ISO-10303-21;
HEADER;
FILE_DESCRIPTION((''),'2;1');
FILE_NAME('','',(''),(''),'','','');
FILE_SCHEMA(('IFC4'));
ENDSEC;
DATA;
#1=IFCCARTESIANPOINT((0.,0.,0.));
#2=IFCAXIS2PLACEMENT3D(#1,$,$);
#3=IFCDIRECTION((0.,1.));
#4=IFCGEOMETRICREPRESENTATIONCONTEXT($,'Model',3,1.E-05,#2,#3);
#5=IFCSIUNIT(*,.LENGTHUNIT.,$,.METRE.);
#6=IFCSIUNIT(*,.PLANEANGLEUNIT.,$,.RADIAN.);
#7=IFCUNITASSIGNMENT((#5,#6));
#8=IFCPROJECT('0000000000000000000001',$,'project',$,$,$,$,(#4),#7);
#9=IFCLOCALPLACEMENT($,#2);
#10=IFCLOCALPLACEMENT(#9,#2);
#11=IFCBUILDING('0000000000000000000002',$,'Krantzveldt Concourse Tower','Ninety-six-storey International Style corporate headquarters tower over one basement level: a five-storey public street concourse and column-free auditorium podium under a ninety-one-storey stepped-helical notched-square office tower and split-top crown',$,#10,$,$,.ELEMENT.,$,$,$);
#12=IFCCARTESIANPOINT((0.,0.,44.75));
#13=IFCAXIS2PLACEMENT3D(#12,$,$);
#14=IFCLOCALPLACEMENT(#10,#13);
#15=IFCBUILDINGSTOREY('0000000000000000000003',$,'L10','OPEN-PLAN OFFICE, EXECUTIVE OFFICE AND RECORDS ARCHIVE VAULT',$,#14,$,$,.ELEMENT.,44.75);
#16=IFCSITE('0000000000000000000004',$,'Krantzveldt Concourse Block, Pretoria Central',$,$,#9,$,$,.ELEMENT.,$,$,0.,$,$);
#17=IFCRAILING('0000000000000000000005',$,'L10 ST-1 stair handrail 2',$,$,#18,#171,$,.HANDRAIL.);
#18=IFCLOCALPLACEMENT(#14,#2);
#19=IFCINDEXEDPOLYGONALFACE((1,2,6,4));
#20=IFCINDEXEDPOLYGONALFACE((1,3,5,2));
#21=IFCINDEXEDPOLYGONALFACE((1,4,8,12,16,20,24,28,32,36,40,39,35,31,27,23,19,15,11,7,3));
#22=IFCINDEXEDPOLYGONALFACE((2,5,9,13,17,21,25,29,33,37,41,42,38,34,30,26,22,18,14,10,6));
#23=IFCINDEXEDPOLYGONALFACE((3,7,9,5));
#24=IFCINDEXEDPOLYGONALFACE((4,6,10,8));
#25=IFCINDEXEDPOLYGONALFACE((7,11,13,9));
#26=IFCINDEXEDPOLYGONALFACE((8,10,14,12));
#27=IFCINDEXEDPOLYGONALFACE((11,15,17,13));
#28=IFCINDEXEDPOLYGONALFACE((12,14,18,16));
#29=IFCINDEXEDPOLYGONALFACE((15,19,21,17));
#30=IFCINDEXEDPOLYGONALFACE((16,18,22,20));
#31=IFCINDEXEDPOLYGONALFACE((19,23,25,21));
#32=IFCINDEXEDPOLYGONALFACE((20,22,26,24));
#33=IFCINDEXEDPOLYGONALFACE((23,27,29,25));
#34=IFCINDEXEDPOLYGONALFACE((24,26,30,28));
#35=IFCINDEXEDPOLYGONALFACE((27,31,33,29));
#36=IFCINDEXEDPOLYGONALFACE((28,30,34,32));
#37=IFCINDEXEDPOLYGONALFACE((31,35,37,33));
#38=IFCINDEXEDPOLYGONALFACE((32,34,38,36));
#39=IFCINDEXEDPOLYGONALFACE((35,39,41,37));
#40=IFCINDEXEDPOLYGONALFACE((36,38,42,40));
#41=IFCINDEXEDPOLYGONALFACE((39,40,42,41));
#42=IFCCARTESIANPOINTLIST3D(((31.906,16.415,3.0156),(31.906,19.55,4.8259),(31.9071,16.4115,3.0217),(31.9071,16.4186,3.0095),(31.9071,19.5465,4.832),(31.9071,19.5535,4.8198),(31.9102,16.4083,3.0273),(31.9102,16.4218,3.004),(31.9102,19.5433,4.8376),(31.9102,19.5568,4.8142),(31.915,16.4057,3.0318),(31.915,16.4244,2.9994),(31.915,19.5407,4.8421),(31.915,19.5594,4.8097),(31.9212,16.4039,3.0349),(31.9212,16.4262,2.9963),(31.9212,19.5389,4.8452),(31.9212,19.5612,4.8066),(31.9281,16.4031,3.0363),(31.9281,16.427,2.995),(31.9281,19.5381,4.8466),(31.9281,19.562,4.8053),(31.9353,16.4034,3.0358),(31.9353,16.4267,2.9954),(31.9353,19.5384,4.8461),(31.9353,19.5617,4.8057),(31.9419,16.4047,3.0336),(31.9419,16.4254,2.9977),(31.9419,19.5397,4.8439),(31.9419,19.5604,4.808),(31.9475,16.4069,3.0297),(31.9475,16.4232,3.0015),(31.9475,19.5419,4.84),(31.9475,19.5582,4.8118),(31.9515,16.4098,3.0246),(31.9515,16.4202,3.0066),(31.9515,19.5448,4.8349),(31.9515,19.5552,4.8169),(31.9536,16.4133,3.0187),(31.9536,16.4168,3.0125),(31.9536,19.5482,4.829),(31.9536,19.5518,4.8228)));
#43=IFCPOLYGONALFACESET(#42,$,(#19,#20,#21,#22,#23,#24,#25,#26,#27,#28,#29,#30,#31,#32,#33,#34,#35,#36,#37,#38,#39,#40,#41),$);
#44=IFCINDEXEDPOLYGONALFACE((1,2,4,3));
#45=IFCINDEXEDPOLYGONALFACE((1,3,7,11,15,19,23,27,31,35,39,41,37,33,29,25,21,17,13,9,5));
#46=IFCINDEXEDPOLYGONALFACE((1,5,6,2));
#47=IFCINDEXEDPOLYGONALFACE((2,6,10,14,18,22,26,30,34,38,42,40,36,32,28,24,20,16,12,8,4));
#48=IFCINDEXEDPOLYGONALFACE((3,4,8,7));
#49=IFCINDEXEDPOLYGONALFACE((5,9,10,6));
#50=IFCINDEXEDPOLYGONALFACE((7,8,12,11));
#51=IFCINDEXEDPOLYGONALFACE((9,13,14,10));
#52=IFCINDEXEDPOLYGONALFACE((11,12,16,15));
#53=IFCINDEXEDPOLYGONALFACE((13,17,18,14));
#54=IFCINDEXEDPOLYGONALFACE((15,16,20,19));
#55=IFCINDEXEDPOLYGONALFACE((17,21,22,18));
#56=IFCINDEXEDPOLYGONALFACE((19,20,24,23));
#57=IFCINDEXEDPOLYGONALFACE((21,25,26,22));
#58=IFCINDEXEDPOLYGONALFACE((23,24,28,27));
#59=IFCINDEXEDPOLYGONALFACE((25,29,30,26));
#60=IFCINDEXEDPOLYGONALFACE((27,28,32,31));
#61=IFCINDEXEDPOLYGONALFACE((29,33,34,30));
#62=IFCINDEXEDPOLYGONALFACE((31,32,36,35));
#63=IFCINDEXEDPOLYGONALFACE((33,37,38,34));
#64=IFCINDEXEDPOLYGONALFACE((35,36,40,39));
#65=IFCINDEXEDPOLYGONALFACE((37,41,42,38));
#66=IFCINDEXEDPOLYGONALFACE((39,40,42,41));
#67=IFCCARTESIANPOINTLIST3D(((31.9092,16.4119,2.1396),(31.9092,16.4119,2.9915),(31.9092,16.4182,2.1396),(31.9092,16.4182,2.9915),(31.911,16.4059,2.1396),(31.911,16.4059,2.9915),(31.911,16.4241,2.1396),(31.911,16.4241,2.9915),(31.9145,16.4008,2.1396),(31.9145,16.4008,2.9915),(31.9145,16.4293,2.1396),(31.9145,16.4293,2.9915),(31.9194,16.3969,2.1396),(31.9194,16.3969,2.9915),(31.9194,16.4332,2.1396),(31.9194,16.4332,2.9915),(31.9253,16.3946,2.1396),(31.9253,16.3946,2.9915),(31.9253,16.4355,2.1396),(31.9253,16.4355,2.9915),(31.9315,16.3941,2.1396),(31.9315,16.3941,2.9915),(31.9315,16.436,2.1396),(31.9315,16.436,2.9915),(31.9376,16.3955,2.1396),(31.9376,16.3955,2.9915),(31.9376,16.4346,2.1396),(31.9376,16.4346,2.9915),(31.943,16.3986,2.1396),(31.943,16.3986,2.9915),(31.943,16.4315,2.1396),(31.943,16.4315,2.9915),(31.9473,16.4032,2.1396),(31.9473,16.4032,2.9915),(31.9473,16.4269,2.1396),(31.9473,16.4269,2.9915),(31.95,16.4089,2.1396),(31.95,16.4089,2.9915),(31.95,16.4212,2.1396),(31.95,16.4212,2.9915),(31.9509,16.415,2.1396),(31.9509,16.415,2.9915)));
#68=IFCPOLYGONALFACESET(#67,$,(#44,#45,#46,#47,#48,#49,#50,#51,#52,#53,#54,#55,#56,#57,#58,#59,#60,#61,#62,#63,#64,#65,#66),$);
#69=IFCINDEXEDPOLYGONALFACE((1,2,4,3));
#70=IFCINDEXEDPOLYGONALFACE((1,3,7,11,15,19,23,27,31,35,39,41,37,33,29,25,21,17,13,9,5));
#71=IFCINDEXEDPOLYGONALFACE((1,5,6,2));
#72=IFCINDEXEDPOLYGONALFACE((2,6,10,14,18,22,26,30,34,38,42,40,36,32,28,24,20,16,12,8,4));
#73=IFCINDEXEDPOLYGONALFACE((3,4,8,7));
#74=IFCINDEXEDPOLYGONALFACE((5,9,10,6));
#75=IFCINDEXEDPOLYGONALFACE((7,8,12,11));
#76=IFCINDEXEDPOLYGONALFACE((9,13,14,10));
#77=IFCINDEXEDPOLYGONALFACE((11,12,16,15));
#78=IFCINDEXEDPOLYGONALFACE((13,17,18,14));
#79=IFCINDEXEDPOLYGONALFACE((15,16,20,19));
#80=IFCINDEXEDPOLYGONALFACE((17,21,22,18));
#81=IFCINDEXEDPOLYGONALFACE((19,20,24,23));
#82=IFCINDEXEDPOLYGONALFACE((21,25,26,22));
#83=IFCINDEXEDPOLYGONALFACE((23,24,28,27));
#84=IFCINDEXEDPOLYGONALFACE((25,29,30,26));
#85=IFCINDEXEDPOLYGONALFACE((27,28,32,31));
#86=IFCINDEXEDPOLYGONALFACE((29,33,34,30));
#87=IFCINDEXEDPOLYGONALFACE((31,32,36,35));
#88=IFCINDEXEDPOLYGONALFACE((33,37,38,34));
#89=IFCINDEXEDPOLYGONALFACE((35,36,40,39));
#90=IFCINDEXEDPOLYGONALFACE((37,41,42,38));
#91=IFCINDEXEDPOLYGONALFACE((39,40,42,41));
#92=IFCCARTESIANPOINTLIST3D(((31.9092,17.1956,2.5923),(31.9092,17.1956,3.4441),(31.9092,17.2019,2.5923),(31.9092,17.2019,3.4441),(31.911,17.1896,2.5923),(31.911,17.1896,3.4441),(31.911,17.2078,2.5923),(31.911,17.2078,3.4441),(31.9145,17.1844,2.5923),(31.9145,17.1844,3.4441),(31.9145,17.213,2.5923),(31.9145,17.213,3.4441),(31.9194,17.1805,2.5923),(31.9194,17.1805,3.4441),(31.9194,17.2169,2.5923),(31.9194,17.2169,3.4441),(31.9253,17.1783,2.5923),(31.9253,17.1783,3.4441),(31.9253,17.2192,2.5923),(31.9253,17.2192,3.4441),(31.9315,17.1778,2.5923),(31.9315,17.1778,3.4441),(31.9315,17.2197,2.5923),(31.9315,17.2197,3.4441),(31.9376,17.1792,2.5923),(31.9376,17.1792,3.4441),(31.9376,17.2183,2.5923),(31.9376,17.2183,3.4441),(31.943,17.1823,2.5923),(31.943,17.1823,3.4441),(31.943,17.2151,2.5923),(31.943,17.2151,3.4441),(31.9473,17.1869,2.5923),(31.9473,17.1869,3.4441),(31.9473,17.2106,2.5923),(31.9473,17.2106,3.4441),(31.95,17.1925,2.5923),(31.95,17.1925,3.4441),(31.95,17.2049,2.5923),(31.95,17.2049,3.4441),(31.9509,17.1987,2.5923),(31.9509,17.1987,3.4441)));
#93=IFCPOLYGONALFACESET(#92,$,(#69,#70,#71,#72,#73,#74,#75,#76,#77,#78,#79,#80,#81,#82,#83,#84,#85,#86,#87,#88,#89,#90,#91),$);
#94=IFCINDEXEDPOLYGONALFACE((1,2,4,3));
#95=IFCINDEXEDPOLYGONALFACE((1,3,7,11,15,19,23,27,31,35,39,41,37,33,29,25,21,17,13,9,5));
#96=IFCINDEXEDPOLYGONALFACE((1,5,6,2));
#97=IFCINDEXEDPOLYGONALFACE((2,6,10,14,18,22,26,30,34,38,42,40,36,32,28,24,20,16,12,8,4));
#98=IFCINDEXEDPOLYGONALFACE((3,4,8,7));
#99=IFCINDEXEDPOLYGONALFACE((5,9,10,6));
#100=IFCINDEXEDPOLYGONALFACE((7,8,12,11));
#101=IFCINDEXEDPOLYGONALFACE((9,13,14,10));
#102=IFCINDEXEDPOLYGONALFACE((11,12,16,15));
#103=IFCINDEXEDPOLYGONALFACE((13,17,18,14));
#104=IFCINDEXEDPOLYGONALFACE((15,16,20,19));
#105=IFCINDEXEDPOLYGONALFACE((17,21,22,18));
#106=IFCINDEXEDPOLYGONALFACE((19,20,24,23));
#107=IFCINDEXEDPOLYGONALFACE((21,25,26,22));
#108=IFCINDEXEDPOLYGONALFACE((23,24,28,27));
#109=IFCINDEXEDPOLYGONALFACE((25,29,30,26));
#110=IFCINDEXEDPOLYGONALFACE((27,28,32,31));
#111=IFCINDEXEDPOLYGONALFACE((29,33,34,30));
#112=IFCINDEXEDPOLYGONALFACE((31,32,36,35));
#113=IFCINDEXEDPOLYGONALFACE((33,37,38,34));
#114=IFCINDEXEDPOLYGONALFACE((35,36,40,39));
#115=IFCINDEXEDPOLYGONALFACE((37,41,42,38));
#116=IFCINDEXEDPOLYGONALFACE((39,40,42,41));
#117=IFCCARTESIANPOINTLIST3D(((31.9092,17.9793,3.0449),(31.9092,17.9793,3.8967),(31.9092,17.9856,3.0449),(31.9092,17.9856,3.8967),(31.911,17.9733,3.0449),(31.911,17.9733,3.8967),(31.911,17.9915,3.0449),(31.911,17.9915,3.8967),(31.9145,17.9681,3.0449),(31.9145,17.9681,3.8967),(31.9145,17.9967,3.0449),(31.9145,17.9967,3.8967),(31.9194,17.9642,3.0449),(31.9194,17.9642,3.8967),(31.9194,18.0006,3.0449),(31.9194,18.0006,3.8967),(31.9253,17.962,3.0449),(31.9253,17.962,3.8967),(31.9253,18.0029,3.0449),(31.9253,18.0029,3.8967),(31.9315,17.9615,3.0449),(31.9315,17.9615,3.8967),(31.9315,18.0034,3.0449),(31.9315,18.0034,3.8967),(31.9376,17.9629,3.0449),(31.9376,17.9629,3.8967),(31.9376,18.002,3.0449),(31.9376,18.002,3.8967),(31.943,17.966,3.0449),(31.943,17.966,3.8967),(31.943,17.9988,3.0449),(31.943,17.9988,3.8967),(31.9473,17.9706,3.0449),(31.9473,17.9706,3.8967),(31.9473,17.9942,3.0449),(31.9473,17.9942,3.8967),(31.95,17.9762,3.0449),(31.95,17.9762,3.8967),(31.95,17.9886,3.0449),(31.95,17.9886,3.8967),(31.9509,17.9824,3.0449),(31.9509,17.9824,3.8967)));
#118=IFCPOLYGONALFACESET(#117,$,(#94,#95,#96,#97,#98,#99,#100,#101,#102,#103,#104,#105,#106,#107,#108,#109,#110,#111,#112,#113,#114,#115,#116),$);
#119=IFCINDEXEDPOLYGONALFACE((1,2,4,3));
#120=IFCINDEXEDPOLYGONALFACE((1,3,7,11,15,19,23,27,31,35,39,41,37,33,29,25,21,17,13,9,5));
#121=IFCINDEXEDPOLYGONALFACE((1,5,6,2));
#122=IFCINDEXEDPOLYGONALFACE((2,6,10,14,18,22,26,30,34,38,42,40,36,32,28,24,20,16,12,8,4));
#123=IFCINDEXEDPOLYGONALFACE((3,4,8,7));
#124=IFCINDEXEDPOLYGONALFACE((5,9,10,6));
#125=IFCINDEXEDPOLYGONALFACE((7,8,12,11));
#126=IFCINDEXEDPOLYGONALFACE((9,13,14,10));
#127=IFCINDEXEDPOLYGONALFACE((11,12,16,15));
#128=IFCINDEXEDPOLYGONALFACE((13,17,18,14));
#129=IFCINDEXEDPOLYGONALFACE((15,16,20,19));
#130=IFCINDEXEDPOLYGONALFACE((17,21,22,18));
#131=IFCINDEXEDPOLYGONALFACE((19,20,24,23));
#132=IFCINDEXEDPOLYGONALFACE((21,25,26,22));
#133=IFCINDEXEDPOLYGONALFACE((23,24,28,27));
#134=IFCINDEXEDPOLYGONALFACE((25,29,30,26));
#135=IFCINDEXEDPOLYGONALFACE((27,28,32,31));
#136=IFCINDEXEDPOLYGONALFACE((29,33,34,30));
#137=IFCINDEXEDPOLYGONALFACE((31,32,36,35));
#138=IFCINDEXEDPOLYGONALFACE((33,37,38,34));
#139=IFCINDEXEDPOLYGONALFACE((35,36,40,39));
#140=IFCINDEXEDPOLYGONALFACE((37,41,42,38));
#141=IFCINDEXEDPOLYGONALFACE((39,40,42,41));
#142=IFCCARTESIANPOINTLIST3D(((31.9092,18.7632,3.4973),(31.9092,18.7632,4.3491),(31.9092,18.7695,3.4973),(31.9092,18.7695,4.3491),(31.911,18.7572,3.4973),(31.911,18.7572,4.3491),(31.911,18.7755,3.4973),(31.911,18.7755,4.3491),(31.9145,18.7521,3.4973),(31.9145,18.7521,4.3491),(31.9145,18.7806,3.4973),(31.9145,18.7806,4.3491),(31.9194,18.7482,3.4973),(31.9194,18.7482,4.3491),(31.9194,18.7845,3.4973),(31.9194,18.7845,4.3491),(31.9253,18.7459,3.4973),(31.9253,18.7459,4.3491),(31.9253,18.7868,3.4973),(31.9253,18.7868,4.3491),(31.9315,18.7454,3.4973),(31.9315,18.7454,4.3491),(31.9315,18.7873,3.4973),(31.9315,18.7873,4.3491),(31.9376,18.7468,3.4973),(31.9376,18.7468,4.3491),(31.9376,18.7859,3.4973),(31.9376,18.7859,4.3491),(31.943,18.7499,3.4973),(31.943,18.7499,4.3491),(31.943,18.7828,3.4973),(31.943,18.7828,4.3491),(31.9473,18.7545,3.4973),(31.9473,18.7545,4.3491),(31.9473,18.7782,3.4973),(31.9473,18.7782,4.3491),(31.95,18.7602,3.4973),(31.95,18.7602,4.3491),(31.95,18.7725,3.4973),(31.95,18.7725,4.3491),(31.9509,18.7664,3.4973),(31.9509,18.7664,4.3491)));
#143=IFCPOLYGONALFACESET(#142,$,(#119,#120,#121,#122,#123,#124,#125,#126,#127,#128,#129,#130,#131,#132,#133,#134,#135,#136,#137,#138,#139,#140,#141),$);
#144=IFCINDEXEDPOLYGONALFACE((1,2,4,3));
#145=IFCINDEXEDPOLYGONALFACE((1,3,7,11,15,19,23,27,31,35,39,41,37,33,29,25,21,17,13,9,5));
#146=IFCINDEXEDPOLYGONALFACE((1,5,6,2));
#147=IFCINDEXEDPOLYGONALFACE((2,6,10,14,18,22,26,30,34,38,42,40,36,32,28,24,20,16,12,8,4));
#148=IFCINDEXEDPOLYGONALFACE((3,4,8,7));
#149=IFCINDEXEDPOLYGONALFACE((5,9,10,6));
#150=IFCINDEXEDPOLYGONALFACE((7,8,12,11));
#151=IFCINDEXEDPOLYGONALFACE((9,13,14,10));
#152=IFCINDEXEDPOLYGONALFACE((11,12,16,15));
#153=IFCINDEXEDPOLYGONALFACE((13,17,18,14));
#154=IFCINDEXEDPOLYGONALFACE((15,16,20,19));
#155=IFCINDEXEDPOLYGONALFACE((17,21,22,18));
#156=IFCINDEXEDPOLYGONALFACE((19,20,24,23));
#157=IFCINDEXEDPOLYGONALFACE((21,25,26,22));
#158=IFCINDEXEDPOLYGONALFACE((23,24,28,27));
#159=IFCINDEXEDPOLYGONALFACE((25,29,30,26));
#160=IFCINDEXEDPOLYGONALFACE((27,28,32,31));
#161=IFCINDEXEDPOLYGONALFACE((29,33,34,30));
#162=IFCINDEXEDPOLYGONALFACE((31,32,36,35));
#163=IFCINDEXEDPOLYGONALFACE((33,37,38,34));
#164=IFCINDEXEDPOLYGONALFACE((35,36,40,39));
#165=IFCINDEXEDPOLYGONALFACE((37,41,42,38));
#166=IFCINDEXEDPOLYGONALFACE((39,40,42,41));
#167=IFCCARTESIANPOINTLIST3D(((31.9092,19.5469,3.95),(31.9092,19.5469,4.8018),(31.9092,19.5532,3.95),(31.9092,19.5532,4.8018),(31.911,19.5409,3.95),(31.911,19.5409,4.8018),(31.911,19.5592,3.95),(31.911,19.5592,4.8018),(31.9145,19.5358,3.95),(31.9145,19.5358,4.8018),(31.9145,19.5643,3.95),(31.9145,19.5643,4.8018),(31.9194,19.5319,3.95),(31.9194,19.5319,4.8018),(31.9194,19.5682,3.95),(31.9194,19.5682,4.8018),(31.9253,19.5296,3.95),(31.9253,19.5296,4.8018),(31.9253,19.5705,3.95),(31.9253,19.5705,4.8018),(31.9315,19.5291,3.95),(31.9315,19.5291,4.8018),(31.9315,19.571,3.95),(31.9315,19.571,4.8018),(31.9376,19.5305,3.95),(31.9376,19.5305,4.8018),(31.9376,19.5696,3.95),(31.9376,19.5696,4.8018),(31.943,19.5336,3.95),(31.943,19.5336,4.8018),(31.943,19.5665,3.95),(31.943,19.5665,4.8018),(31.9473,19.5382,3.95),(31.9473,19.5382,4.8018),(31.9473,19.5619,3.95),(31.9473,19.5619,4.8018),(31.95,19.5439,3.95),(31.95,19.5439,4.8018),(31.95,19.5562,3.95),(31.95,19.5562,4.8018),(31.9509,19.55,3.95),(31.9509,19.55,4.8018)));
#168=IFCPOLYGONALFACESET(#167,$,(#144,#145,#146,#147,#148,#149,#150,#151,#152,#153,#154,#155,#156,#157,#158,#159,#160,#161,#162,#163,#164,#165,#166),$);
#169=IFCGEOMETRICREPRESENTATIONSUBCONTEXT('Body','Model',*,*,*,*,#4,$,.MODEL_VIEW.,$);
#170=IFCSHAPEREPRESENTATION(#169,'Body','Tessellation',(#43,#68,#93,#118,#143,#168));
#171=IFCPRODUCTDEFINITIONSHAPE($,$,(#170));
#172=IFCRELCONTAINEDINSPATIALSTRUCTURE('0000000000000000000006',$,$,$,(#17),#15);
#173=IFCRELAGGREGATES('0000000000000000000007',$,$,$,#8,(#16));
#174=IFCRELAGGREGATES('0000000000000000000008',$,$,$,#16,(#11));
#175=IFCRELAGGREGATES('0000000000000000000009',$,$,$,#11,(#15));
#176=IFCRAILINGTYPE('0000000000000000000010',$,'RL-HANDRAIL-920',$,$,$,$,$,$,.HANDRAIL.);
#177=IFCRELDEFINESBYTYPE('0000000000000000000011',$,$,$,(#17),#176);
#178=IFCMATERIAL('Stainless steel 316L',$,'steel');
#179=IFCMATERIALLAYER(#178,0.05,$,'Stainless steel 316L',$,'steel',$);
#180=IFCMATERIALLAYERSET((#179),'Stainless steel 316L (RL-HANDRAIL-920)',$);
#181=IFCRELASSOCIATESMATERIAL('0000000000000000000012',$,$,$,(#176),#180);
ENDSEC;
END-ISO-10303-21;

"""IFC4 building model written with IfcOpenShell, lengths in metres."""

from ifc_helpers import new_model, si_unit, direction, frame, origin, origin_2d, place, context, subcontext, project, spatial, circle, extrude, material, layer, layer_set, type_object, element, save


model = new_model("IFC4")

# Units and contexts
model_context = context("Model", 3, precision=1e-05, world=origin(), true_north=direction((0.0, 1.0)))
body_context = subcontext(model_context, "Body", "Model", "MODEL_VIEW")
ifc_project = project(units=[si_unit("LENGTHUNIT", "METRE"), si_unit("PLANEANGLEUNIT", "RADIAN")], contexts=[model_context])

# Site, building, storey
site_placement = place(None, origin())
site = spatial("IfcSite", under=ifc_project, at=site_placement, Name="Krantzveldt Concourse Block, Pretoria Central", CompositionType="ELEMENT", RefElevation=0.0)
building_placement = place(site_placement, origin())
building = spatial("IfcBuilding", under=site, at=building_placement, Name="Krantzveldt Concourse Tower", Description="Ninety-six-storey International Style corporate headquarters tower over one basement level: a five-storey public street concourse and column-free auditorium podium under a ninety-one-storey stepped-helical notched-square office tower and split-top crown", CompositionType="ELEMENT")
storey_placement = place(building_placement, frame((0.0, 0.0, 44.75)))
storey = spatial("IfcBuildingStorey", under=building, at=storey_placement, Name="L10", Description="OPEN-PLAN OFFICE, EXECUTIVE OFFICE AND RECORDS ARCHIVE VAULT", CompositionType="ELEMENT", Elevation=44.75)

# Railing
ifc_material_1 = material(Name="Stainless steel 316L", Category="steel")
ifc_layer_1 = layer(ifc_material_1, 0.05, Name="Stainless steel 316L", Category="steel")
ifc_layer_set_1 = layer_set([ifc_layer_1], Name="Stainless steel 316L (RL-HANDRAIL-920)")
railing_type_1 = type_object("IfcRailingType", Name="RL-HANDRAIL-920", PredefinedType="HANDRAIL", material=ifc_layer_set_1)
railing_1_placement = place(storey_placement, frame((31.9299, 16.415, 2.1396)))
element("IfcRailing", 1, at=railing_1_placement, inside=storey, type_object=railing_type_1, Name="L10 ST-1 stair handrail 2", PredefinedType="HANDRAIL", context=body_context, shape_type="SweptSolid", body=[
    extrude(circle(Radius=0.0239, at=origin_2d()), frame((0.0, 0.0, 0.876), z_axis=(0.0, 0.865989, 0.500063), x_axis=(-1.0, 0.0, 0.0)), (0.0, 0.0, 1.0), 3.6201),
    extrude(circle(Radius=0.021, at=origin_2d()), origin(), (0.0, 0.0, 1.0), 0.8518),
    extrude(circle(Radius=0.021, at=origin_2d()), frame((0.0, 0.7837, 0.4526)), (0.0, 0.0, 1.0), 0.8518),
    extrude(circle(Radius=0.021, at=origin_2d()), frame((0.0, 1.5674, 0.9053)), (0.0, 0.0, 1.0), 0.8518),
    extrude(circle(Radius=0.021, at=origin_2d()), frame((0.0, 2.3513, 1.3577)), (0.0, 0.0, 1.0), 0.8518),
    extrude(circle(Radius=0.021, at=origin_2d()), frame((0.0, 3.135, 1.8103)), (0.0, 0.0, 1.0), 0.8518),
])

save(model, "model.ifc")
